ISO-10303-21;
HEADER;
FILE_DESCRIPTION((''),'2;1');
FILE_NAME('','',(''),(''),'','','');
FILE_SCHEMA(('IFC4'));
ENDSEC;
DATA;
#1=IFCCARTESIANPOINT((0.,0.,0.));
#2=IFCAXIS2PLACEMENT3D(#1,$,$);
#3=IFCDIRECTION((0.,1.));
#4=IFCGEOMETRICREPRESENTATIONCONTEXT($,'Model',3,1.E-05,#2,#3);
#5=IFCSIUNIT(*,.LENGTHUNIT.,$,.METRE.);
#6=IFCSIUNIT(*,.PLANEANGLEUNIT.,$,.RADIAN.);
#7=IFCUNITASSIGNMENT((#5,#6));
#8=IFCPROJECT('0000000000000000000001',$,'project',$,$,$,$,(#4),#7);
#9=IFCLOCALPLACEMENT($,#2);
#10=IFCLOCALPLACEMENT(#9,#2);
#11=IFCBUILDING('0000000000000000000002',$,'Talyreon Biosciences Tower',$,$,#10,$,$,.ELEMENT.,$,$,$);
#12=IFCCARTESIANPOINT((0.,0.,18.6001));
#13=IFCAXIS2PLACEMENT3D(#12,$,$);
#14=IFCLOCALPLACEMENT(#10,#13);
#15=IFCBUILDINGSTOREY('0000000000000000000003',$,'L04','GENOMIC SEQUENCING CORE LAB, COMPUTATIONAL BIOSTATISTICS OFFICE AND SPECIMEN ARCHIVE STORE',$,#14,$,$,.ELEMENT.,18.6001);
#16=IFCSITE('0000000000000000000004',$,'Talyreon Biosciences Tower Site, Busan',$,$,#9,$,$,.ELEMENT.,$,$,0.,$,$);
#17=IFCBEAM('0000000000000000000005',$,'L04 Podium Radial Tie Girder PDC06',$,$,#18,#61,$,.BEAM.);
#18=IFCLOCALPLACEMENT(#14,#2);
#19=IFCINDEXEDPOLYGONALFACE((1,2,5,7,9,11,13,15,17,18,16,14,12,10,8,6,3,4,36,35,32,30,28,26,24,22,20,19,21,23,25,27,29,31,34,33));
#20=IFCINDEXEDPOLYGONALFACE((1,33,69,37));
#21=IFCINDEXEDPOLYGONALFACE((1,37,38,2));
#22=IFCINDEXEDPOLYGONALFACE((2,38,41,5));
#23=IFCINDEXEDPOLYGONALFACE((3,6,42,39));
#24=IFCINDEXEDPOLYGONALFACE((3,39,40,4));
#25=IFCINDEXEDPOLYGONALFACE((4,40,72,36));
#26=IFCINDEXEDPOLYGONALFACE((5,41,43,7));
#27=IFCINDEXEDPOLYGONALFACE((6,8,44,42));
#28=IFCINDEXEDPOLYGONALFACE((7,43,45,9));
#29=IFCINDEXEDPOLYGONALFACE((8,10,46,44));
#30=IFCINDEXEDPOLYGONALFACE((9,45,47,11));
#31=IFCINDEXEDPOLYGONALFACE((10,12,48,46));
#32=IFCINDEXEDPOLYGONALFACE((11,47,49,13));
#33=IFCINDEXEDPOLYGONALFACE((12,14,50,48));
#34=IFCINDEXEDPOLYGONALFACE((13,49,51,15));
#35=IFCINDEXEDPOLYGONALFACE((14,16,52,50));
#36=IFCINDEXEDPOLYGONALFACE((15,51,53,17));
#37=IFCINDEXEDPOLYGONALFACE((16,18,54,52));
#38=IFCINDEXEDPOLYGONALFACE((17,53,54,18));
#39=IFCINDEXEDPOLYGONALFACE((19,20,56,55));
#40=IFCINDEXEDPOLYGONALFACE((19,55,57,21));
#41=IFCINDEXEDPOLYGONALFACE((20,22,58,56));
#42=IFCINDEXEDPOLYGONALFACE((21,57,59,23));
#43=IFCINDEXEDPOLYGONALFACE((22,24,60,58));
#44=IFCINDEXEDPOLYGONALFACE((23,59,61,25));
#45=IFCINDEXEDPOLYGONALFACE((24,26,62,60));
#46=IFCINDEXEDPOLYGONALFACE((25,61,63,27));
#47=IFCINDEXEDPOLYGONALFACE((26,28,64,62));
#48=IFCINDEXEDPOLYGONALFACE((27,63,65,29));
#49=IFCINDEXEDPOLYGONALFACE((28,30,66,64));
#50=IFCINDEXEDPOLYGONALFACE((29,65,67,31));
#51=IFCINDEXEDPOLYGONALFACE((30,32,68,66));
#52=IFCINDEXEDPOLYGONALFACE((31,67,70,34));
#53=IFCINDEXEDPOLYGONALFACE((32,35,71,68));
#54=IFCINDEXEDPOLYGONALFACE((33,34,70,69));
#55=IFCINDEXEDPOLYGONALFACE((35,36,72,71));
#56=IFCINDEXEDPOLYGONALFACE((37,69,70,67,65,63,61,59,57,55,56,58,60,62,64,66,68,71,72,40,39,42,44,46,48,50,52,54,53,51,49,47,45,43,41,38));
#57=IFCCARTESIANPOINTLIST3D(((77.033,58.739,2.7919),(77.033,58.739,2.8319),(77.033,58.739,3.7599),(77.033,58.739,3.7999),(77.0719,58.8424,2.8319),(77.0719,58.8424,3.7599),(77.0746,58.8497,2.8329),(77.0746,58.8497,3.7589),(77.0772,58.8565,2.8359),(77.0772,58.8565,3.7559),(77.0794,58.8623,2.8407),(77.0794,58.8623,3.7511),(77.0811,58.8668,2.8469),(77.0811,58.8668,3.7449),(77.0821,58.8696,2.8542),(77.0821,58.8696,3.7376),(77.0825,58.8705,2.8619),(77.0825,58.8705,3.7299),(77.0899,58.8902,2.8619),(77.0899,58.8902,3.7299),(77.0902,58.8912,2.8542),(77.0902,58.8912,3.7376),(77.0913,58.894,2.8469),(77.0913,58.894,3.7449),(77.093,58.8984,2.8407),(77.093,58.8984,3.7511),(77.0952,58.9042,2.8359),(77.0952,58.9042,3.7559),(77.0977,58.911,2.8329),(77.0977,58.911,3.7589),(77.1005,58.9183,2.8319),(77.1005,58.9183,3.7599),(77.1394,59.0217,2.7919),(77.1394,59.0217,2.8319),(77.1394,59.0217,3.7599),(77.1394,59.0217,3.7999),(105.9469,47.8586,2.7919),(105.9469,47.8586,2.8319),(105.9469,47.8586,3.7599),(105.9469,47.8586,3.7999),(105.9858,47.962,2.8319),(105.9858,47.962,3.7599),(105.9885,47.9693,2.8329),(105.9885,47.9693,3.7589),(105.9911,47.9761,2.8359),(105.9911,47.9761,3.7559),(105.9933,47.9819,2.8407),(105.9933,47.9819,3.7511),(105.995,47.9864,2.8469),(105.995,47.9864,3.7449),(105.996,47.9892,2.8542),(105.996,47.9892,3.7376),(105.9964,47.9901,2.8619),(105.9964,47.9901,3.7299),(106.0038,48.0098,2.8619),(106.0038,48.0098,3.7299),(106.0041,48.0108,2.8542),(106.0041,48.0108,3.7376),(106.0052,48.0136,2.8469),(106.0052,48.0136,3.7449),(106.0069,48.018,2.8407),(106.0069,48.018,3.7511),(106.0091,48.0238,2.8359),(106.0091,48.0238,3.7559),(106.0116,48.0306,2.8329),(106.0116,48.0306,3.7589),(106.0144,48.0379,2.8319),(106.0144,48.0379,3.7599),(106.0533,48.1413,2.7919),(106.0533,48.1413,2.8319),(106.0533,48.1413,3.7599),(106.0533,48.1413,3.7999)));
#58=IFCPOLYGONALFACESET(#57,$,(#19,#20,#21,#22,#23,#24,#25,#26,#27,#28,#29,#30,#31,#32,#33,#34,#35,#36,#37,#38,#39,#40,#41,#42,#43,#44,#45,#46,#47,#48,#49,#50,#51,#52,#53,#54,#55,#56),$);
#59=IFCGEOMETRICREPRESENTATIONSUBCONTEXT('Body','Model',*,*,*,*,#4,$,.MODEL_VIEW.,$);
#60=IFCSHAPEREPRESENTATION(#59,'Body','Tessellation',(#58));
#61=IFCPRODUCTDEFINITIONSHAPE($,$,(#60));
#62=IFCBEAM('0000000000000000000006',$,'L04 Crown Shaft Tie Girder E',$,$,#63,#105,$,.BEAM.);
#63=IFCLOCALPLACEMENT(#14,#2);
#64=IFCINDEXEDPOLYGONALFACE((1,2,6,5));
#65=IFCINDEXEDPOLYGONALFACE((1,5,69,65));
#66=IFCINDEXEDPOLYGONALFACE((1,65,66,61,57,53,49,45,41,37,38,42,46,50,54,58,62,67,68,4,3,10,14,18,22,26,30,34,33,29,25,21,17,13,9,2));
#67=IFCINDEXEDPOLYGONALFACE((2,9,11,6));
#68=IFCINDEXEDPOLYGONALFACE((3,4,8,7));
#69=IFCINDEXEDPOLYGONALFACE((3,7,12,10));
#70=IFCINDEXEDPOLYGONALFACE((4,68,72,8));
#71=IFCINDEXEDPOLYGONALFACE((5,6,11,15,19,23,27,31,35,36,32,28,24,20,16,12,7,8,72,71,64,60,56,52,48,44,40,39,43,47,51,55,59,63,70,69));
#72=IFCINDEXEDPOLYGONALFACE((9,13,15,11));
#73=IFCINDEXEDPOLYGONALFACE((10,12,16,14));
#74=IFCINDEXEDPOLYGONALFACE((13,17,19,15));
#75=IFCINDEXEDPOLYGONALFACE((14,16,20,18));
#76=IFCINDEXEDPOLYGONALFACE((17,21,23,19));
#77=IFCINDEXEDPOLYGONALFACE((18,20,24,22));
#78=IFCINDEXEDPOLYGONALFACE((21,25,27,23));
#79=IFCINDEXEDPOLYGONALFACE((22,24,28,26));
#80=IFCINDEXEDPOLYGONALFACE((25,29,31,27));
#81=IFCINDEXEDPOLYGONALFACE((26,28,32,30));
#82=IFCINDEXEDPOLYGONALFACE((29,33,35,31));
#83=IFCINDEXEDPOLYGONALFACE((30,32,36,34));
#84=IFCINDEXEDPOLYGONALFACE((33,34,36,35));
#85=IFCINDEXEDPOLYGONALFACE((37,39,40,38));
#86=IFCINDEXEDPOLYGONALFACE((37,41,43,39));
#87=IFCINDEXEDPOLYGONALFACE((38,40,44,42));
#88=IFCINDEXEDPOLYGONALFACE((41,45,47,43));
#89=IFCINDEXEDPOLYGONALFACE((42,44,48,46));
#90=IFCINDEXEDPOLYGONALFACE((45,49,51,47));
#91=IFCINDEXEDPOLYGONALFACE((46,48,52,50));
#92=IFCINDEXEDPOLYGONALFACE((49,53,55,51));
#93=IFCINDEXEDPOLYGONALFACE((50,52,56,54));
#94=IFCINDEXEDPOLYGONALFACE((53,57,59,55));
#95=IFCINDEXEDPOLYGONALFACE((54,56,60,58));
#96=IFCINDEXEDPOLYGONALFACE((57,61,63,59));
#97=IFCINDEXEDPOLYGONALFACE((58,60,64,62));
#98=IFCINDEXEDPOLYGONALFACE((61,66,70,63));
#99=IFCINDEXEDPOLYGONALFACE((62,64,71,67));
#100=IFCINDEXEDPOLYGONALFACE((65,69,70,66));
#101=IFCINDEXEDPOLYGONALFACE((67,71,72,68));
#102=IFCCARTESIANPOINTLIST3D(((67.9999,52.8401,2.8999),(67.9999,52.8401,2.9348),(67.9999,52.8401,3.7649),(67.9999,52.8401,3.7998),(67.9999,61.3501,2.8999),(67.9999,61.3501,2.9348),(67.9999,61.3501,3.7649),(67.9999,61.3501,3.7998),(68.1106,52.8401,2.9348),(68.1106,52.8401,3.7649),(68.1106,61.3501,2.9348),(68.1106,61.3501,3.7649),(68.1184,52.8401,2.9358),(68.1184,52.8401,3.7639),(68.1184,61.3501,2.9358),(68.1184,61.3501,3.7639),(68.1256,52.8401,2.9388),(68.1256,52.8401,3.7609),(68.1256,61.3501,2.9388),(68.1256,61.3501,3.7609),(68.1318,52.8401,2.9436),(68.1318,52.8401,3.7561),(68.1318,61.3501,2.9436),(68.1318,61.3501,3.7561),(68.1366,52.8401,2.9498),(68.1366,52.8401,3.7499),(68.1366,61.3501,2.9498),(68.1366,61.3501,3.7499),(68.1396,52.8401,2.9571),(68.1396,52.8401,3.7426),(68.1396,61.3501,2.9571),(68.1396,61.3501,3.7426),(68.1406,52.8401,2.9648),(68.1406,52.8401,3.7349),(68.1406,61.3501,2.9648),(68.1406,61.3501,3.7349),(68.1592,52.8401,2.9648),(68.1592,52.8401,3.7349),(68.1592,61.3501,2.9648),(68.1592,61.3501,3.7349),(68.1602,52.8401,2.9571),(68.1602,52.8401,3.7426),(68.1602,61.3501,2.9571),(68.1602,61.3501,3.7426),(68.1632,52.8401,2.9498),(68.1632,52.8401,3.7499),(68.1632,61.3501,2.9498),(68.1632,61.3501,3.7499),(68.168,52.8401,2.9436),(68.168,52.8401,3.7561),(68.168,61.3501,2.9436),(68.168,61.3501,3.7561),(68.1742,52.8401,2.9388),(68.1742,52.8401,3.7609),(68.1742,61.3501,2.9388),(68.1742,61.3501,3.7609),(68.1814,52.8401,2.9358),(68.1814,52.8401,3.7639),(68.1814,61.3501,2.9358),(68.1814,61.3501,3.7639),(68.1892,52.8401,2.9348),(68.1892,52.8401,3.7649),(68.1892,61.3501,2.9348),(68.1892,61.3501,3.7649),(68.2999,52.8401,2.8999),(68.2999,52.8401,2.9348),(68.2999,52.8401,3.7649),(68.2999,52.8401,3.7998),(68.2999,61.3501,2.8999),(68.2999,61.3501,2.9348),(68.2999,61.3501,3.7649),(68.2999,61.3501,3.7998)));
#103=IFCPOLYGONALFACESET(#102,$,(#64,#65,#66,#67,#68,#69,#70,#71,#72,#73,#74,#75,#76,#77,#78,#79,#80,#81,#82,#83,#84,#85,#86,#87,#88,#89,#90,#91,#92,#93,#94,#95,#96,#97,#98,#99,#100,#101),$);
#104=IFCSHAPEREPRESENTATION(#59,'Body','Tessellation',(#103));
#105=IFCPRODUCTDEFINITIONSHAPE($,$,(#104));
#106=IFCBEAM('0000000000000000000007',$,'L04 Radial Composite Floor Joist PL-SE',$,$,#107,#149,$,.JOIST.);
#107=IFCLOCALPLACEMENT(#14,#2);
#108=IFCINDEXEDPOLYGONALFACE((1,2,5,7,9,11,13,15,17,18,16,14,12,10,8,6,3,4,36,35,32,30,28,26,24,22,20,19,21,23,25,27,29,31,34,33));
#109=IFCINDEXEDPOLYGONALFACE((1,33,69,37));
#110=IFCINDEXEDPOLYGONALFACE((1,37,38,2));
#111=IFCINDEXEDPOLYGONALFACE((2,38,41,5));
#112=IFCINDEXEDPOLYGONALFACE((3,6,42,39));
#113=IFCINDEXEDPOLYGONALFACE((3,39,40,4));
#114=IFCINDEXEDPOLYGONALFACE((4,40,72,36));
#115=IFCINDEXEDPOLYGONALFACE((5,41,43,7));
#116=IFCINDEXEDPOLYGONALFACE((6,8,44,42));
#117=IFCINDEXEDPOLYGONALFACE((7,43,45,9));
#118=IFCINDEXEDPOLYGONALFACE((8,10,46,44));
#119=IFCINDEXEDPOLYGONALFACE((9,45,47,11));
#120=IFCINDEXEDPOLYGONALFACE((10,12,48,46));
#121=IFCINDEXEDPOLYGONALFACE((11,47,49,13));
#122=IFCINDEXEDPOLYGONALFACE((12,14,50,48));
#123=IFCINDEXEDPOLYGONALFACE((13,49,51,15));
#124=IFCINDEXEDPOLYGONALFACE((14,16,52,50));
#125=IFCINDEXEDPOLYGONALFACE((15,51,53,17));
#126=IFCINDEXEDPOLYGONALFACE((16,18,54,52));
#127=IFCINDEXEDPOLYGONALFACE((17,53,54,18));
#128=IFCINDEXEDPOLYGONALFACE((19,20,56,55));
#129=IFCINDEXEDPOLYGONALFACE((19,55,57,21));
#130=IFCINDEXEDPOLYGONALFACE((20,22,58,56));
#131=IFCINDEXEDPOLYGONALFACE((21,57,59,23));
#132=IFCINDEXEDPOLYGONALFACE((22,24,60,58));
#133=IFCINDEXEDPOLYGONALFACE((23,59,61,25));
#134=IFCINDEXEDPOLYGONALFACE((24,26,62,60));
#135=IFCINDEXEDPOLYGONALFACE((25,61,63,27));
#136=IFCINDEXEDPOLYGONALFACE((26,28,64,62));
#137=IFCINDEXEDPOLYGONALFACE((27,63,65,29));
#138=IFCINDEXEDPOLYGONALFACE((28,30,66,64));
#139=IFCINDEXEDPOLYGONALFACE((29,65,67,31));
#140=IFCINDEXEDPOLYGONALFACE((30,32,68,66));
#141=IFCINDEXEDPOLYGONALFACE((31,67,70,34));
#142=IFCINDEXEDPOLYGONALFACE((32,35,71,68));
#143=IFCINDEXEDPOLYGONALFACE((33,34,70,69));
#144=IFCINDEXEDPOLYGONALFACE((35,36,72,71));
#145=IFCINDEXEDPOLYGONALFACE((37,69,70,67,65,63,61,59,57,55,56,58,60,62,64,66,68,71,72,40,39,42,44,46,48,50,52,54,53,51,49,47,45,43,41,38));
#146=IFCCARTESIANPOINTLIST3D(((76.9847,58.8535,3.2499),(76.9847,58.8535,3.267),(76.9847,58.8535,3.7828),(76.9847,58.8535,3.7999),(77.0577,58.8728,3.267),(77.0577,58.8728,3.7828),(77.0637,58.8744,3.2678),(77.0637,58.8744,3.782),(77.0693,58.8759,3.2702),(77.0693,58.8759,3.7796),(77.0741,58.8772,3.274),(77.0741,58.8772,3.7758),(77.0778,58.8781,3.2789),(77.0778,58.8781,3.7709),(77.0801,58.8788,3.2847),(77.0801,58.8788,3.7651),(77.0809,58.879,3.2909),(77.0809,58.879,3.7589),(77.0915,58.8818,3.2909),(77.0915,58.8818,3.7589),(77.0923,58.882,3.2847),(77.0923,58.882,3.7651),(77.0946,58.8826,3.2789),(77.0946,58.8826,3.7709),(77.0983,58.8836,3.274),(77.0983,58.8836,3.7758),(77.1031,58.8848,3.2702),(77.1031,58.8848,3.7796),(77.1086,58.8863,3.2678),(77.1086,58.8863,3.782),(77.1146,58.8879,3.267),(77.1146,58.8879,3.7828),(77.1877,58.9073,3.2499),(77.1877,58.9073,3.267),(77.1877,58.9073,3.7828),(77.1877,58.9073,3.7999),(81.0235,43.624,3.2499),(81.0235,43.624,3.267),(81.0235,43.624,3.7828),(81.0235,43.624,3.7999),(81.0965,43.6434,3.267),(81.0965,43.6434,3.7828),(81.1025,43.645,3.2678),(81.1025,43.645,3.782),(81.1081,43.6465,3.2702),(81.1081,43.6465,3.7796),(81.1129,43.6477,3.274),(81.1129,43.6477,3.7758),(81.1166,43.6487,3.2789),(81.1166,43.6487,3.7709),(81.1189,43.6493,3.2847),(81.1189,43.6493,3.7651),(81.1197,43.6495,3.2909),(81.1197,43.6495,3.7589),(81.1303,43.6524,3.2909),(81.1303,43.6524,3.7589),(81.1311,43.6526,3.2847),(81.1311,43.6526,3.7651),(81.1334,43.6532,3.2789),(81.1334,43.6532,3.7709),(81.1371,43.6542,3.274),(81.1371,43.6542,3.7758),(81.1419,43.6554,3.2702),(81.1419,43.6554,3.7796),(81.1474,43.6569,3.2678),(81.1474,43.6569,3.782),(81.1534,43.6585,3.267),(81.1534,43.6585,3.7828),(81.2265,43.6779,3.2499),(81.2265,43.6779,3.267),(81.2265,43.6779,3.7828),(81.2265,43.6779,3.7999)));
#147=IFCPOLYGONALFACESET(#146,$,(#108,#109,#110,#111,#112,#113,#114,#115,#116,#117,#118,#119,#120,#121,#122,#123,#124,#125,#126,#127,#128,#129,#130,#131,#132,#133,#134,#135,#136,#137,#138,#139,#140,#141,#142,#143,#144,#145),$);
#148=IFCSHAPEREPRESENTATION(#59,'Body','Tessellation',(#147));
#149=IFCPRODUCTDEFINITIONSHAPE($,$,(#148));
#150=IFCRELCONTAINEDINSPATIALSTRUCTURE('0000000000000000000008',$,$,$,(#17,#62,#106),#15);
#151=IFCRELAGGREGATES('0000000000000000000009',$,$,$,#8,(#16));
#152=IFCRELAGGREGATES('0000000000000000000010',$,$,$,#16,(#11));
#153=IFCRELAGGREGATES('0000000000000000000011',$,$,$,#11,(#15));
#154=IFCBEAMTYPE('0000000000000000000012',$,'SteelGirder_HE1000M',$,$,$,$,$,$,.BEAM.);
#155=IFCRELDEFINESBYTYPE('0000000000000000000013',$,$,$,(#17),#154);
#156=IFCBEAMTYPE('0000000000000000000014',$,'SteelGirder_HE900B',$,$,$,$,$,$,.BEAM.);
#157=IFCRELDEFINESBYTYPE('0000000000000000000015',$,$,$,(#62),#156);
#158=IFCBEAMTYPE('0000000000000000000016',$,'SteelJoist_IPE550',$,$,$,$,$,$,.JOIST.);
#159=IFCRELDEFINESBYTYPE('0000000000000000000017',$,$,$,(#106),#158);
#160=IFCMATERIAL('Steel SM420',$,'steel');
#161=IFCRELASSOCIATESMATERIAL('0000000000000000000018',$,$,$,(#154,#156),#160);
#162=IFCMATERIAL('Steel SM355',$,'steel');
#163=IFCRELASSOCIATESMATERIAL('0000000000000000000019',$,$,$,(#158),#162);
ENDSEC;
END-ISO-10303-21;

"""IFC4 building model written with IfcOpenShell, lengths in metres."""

from ifc_helpers import new_model, si_unit, direction, frame, origin, origin_2d, place, context, subcontext, project, spatial, i_section, extrude, material, material_profile, profile_set, type_object, element, save


model = new_model("IFC4")

# Units and contexts
model_context = context("Model", 3, precision=1e-05, world=origin(), true_north=direction((0.0, 1.0)))
body_context = subcontext(model_context, "Body", "Model", "MODEL_VIEW")
ifc_project = project(units=[si_unit("LENGTHUNIT", "METRE"), si_unit("PLANEANGLEUNIT", "RADIAN")], contexts=[model_context])

# Site, building, storey
site_placement = place(None, origin())
site = spatial("IfcSite", under=ifc_project, at=site_placement, Name="Talyreon Biosciences Tower Site, Busan", CompositionType="ELEMENT", RefElevation=0.0)
building_placement = place(site_placement, origin())
building = spatial("IfcBuilding", under=site, at=building_placement, Name="Talyreon Biosciences Tower", CompositionType="ELEMENT")
storey_placement = place(building_placement, frame((0.0, 0.0, 18.6001)))
storey = spatial("IfcBuildingStorey", under=building, at=storey_placement, Name="L04", Description="GENOMIC SEQUENCING CORE LAB, COMPUTATIONAL BIOSTATISTICS OFFICE AND SPECIMEN ARCHIVE STORE", CompositionType="ELEMENT", Elevation=18.6001)

# Beams
ifc_material_1 = material(Name="Steel SM420", Category="steel")
ifc_material_profile_1 = material_profile(ifc_material_1, i_section(OverallWidth=0.302, OverallDepth=1.0081, WebThickness=0.021, FlangeThickness=0.04, FilletRadius=0.03, at=origin_2d()), Name="HE1000M")
ifc_profile_set_1 = profile_set([ifc_material_profile_1], Name="Steel SM420")
beam_type_1 = type_object("IfcBeamType", Name="SteelGirder_HE1000M", PredefinedType="BEAM", material=ifc_profile_set_1)
beam_1_placement = place(storey_placement, frame((77.0862, 58.8804, 3.2959), z_axis=(0.935927, -0.352193, 0.0), x_axis=(0.352193, 0.935927, 0.0)))
element("IfcBeam", 1, at=beam_1_placement, inside=storey, type_object=beam_type_1, Name="L04 Podium Radial Tie Girder PDC06", PredefinedType="BEAM", context=body_context, shape_type="SweptSolid", body=[
    extrude(i_section(OverallWidth=0.302, OverallDepth=1.0081, WebThickness=0.021, FlangeThickness=0.04, FilletRadius=0.03, at=origin_2d()), origin(), (0.0, 0.0, 1.0), 30.8933),
])
ifc_material_profile_2 = material_profile(ifc_material_1, i_section(OverallWidth=0.3, OverallDepth=0.8999, WebThickness=0.0186, FlangeThickness=0.0349, FilletRadius=0.03, at=origin_2d()), Name="HE900B")
ifc_profile_set_2 = profile_set([ifc_material_profile_2], Name="Steel SM420")
beam_type_2 = type_object("IfcBeamType", Name="SteelGirder_HE900B", PredefinedType="BEAM", material=ifc_profile_set_2)
beam_2_placement = place(storey_placement, frame((68.1499, 52.8401, 3.3499), z_axis=(0.0, 1.0, 0.0), x_axis=(-1.0, 0.0, 0.0)))
element("IfcBeam", 2, at=beam_2_placement, inside=storey, type_object=beam_type_2, Name="L04 Crown Shaft Tie Girder E", PredefinedType="BEAM", context=body_context, shape_type="SweptSolid", body=[
    extrude(i_section(OverallWidth=0.3, OverallDepth=0.8999, WebThickness=0.0186, FlangeThickness=0.0349, FilletRadius=0.03, at=origin_2d()), origin(), (0.0, 0.0, 1.0), 8.51),
])
ifc_material_2 = material(Name="Steel SM355", Category="steel")
ifc_material_profile_3 = material_profile(ifc_material_2, i_section(OverallWidth=0.21, OverallDepth=0.55, WebThickness=0.011, FlangeThickness=0.0171, FilletRadius=0.0239, at=origin_2d()), Name="IPE550")
ifc_profile_set_3 = profile_set([ifc_material_profile_3], Name="Steel SM355")
beam_type_3 = type_object("IfcBeamType", Name="SteelJoist_IPE550", PredefinedType="JOIST", material=ifc_profile_set_3)
beam_3_placement = place(storey_placement, frame((77.0862, 58.8804, 3.5249), z_axis=(0.256336, -0.966588, 0.0), x_axis=(0.966588, 0.256336, 0.0)))
element("IfcBeam", 3, at=beam_3_placement, inside=storey, type_object=beam_type_3, Name="L04 Radial Composite Floor Joist PL-SE", PredefinedType="JOIST", context=body_context, shape_type="SweptSolid", body=[
    extrude(i_section(OverallWidth=0.21, OverallDepth=0.55, WebThickness=0.011, FlangeThickness=0.0171, FilletRadius=0.0239, at=origin_2d()), origin(), (0.0, 0.0, 1.0), 15.7559),
])

save(model, "model.ifc")
